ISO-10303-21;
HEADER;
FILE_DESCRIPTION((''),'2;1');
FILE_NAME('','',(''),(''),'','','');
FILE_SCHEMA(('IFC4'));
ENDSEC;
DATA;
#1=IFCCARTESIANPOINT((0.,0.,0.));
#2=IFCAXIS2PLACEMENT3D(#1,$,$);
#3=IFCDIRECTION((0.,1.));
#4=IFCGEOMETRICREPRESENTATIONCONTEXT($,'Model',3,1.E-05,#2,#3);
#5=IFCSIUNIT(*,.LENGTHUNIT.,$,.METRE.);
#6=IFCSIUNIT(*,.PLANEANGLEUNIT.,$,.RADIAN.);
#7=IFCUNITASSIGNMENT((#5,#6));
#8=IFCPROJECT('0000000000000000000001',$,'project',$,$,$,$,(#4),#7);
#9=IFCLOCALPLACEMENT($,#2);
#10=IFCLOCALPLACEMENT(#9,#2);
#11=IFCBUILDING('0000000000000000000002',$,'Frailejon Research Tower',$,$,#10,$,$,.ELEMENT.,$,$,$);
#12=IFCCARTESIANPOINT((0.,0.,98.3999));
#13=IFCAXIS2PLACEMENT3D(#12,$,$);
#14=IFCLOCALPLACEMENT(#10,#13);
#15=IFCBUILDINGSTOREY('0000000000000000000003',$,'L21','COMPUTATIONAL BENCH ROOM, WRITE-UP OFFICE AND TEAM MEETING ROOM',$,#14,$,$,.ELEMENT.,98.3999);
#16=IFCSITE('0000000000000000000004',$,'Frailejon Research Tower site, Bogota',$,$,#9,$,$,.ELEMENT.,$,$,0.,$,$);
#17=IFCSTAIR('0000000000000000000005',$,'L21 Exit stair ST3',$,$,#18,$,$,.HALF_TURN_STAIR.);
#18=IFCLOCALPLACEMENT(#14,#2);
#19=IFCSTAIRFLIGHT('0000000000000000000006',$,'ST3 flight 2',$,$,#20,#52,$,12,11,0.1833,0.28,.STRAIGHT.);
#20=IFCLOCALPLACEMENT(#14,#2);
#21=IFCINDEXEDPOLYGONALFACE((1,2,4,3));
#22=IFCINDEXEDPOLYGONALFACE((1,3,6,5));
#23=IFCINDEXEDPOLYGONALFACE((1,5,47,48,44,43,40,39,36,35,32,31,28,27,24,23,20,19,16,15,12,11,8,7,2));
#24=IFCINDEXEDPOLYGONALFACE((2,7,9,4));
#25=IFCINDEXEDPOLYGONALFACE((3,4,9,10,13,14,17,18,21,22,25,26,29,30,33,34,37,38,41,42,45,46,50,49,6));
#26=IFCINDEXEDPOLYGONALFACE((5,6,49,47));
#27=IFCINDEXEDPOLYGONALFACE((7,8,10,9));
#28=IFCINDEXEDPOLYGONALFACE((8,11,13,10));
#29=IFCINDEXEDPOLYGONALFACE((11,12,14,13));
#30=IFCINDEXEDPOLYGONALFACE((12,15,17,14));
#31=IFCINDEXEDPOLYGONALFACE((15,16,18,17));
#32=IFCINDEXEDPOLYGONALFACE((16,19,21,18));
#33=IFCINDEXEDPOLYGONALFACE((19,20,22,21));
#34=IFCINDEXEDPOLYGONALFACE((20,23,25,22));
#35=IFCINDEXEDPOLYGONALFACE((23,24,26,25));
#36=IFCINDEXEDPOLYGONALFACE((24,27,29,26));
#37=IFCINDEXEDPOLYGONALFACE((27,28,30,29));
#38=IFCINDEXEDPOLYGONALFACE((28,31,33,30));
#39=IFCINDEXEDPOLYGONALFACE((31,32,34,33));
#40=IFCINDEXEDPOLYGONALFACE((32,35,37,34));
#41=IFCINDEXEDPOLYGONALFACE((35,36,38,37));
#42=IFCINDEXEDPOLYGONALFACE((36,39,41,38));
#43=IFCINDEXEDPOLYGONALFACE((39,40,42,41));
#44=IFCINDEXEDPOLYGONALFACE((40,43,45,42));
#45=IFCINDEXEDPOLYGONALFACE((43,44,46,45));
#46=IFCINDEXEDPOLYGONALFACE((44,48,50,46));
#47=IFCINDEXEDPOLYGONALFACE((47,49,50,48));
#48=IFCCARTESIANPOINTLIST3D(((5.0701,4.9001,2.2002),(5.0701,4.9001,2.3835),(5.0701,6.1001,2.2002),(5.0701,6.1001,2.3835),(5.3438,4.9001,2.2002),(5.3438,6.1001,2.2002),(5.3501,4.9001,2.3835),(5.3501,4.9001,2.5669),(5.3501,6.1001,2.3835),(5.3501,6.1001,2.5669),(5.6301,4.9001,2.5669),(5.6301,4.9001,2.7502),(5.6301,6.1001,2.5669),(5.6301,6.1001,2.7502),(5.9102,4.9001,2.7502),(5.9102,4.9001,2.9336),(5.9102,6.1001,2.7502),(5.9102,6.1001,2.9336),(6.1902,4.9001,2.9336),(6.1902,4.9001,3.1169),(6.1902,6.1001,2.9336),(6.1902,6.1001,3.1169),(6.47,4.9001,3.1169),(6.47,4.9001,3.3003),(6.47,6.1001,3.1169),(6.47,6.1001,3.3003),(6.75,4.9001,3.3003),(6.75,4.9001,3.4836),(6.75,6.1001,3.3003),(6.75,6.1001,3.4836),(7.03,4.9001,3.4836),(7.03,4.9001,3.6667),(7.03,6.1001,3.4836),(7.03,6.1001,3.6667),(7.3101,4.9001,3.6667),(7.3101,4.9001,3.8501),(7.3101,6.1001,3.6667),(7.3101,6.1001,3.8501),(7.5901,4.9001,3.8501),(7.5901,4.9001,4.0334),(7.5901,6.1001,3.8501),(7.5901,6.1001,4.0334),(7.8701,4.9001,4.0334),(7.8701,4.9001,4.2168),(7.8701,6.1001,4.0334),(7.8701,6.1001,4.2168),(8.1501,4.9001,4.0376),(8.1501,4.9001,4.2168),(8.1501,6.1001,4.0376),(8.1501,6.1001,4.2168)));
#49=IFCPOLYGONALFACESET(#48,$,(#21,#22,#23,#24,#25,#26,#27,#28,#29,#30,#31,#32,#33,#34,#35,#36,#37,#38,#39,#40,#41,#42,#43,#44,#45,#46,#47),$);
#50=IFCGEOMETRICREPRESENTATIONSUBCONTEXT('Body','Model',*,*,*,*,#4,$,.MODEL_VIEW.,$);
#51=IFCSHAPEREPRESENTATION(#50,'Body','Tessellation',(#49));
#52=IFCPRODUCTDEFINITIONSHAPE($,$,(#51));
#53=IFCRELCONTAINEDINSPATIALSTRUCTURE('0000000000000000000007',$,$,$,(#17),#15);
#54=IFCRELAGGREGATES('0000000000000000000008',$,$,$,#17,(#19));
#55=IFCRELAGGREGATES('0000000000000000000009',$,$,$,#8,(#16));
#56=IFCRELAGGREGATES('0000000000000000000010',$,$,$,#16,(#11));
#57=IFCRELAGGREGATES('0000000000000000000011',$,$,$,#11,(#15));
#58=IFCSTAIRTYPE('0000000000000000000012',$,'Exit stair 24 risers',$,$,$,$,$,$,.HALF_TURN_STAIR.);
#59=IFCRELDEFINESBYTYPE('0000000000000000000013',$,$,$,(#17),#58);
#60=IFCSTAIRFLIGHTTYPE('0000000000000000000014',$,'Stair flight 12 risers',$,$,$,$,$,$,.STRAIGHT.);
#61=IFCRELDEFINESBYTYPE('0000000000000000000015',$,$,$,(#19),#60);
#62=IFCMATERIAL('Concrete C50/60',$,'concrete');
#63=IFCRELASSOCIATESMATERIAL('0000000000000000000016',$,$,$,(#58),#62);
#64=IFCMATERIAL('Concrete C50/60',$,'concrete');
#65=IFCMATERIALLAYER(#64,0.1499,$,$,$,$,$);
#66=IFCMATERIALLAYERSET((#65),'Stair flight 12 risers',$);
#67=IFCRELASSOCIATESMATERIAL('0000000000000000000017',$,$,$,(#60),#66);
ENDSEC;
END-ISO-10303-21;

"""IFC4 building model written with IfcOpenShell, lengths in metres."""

from ifc_helpers import new_model, si_unit, direction, frame, origin, place, context, subcontext, project, spatial, polyline, outline, extrude, material, layer, layer_set, type_object, element, aggregate, save


model = new_model("IFC4")

# Units and contexts
model_context = context("Model", 3, precision=1e-05, world=origin(), true_north=direction((0.0, 1.0)))
body_context = subcontext(model_context, "Body", "Model", "MODEL_VIEW")
ifc_project = project(units=[si_unit("LENGTHUNIT", "METRE"), si_unit("PLANEANGLEUNIT", "RADIAN")], contexts=[model_context])

# Site, building, storey
site_placement = place(None, origin())
site = spatial("IfcSite", under=ifc_project, at=site_placement, Name="Frailejon Research Tower site, Bogota", CompositionType="ELEMENT", RefElevation=0.0)
building_placement = place(site_placement, origin())
building = spatial("IfcBuilding", under=site, at=building_placement, Name="Frailejon Research Tower", CompositionType="ELEMENT")
storey_placement = place(building_placement, frame((0.0, 0.0, 98.3999)))
storey = spatial("IfcBuildingStorey", under=building, at=storey_placement, Name="L21", Description="COMPUTATIONAL BENCH ROOM, WRITE-UP OFFICE AND TEAM MEETING ROOM", CompositionType="ELEMENT", Elevation=98.3999)

# Stair
ifc_material_1 = material(Name="Concrete C50/60", Category="concrete")
stair_type = type_object("IfcStairType", Name="Exit stair 24 risers", PredefinedType="HALF_TURN_STAIR", material=ifc_material_1)
stair_1_placement = place(storey_placement, origin())
stair_1 = element("IfcStair", 1, at=stair_1_placement, inside=storey, type_object=stair_type, Name="L21 Exit stair ST3", PredefinedType="HALF_TURN_STAIR")

# Stair flight
ifc_material_2 = material(Name="Concrete C50/60", Category="concrete")
ifc_layer_1 = layer(ifc_material_2, 0.1499)
ifc_layer_set_1 = layer_set([ifc_layer_1], Name="Stair flight 12 risers")
stair_flight_type = type_object("IfcStairFlightType", Name="Stair flight 12 risers", PredefinedType="STRAIGHT", material=ifc_layer_set_1)
stair_flight_1_placement = place(storey_placement, frame((5.0701, 5.5, 2.2002), z_axis=(0.0, 0.0, 1.0), x_axis=(1.0, 0.0, 0.0)))
stair_flight_1 = element("IfcStairFlight", 2, at=stair_flight_1_placement, type_object=stair_flight_type, Name="ST3 flight 2", NumberOfRisers=12, NumberOfTreads=11, PredefinedType="STRAIGHT", RiserHeight=0.1833, TreadLength=0.28, context=body_context, shape_type="SweptSolid", body=[
    extrude(outline(polyline([(0.0, 0.0), (0.0, 0.1833), (0.28, 0.1833), (0.28, 0.3667), (0.5601, 0.3667), (0.5601, 0.55), (0.8401, 0.55), (0.8401, 0.7334), (1.1201, 0.7334), (1.1201, 0.9167), (1.3999, 0.9167), (1.3999, 1.1001), (1.6799, 1.1001), (1.6799, 1.2834), (1.96, 1.2834), (1.96, 1.4666), (2.24, 1.4666), (2.24, 1.6499), (2.52, 1.6499), (2.52, 1.8333), (2.8, 1.8333), (2.8, 2.0166), (3.0801, 2.0166), (3.0801, 2.2), (3.0801, 1.8374), (0.2737, 0.0), (0.0, 0.0)])), frame((0.0, 0.6001, 0.0), z_axis=(0.0, -1.0, 0.0), x_axis=(1.0, 0.0, 0.0)), (0.0, 0.0, 1.0), 1.2),
])
aggregate(stair_1, [stair_flight_1])

save(model, "model.ifc")
